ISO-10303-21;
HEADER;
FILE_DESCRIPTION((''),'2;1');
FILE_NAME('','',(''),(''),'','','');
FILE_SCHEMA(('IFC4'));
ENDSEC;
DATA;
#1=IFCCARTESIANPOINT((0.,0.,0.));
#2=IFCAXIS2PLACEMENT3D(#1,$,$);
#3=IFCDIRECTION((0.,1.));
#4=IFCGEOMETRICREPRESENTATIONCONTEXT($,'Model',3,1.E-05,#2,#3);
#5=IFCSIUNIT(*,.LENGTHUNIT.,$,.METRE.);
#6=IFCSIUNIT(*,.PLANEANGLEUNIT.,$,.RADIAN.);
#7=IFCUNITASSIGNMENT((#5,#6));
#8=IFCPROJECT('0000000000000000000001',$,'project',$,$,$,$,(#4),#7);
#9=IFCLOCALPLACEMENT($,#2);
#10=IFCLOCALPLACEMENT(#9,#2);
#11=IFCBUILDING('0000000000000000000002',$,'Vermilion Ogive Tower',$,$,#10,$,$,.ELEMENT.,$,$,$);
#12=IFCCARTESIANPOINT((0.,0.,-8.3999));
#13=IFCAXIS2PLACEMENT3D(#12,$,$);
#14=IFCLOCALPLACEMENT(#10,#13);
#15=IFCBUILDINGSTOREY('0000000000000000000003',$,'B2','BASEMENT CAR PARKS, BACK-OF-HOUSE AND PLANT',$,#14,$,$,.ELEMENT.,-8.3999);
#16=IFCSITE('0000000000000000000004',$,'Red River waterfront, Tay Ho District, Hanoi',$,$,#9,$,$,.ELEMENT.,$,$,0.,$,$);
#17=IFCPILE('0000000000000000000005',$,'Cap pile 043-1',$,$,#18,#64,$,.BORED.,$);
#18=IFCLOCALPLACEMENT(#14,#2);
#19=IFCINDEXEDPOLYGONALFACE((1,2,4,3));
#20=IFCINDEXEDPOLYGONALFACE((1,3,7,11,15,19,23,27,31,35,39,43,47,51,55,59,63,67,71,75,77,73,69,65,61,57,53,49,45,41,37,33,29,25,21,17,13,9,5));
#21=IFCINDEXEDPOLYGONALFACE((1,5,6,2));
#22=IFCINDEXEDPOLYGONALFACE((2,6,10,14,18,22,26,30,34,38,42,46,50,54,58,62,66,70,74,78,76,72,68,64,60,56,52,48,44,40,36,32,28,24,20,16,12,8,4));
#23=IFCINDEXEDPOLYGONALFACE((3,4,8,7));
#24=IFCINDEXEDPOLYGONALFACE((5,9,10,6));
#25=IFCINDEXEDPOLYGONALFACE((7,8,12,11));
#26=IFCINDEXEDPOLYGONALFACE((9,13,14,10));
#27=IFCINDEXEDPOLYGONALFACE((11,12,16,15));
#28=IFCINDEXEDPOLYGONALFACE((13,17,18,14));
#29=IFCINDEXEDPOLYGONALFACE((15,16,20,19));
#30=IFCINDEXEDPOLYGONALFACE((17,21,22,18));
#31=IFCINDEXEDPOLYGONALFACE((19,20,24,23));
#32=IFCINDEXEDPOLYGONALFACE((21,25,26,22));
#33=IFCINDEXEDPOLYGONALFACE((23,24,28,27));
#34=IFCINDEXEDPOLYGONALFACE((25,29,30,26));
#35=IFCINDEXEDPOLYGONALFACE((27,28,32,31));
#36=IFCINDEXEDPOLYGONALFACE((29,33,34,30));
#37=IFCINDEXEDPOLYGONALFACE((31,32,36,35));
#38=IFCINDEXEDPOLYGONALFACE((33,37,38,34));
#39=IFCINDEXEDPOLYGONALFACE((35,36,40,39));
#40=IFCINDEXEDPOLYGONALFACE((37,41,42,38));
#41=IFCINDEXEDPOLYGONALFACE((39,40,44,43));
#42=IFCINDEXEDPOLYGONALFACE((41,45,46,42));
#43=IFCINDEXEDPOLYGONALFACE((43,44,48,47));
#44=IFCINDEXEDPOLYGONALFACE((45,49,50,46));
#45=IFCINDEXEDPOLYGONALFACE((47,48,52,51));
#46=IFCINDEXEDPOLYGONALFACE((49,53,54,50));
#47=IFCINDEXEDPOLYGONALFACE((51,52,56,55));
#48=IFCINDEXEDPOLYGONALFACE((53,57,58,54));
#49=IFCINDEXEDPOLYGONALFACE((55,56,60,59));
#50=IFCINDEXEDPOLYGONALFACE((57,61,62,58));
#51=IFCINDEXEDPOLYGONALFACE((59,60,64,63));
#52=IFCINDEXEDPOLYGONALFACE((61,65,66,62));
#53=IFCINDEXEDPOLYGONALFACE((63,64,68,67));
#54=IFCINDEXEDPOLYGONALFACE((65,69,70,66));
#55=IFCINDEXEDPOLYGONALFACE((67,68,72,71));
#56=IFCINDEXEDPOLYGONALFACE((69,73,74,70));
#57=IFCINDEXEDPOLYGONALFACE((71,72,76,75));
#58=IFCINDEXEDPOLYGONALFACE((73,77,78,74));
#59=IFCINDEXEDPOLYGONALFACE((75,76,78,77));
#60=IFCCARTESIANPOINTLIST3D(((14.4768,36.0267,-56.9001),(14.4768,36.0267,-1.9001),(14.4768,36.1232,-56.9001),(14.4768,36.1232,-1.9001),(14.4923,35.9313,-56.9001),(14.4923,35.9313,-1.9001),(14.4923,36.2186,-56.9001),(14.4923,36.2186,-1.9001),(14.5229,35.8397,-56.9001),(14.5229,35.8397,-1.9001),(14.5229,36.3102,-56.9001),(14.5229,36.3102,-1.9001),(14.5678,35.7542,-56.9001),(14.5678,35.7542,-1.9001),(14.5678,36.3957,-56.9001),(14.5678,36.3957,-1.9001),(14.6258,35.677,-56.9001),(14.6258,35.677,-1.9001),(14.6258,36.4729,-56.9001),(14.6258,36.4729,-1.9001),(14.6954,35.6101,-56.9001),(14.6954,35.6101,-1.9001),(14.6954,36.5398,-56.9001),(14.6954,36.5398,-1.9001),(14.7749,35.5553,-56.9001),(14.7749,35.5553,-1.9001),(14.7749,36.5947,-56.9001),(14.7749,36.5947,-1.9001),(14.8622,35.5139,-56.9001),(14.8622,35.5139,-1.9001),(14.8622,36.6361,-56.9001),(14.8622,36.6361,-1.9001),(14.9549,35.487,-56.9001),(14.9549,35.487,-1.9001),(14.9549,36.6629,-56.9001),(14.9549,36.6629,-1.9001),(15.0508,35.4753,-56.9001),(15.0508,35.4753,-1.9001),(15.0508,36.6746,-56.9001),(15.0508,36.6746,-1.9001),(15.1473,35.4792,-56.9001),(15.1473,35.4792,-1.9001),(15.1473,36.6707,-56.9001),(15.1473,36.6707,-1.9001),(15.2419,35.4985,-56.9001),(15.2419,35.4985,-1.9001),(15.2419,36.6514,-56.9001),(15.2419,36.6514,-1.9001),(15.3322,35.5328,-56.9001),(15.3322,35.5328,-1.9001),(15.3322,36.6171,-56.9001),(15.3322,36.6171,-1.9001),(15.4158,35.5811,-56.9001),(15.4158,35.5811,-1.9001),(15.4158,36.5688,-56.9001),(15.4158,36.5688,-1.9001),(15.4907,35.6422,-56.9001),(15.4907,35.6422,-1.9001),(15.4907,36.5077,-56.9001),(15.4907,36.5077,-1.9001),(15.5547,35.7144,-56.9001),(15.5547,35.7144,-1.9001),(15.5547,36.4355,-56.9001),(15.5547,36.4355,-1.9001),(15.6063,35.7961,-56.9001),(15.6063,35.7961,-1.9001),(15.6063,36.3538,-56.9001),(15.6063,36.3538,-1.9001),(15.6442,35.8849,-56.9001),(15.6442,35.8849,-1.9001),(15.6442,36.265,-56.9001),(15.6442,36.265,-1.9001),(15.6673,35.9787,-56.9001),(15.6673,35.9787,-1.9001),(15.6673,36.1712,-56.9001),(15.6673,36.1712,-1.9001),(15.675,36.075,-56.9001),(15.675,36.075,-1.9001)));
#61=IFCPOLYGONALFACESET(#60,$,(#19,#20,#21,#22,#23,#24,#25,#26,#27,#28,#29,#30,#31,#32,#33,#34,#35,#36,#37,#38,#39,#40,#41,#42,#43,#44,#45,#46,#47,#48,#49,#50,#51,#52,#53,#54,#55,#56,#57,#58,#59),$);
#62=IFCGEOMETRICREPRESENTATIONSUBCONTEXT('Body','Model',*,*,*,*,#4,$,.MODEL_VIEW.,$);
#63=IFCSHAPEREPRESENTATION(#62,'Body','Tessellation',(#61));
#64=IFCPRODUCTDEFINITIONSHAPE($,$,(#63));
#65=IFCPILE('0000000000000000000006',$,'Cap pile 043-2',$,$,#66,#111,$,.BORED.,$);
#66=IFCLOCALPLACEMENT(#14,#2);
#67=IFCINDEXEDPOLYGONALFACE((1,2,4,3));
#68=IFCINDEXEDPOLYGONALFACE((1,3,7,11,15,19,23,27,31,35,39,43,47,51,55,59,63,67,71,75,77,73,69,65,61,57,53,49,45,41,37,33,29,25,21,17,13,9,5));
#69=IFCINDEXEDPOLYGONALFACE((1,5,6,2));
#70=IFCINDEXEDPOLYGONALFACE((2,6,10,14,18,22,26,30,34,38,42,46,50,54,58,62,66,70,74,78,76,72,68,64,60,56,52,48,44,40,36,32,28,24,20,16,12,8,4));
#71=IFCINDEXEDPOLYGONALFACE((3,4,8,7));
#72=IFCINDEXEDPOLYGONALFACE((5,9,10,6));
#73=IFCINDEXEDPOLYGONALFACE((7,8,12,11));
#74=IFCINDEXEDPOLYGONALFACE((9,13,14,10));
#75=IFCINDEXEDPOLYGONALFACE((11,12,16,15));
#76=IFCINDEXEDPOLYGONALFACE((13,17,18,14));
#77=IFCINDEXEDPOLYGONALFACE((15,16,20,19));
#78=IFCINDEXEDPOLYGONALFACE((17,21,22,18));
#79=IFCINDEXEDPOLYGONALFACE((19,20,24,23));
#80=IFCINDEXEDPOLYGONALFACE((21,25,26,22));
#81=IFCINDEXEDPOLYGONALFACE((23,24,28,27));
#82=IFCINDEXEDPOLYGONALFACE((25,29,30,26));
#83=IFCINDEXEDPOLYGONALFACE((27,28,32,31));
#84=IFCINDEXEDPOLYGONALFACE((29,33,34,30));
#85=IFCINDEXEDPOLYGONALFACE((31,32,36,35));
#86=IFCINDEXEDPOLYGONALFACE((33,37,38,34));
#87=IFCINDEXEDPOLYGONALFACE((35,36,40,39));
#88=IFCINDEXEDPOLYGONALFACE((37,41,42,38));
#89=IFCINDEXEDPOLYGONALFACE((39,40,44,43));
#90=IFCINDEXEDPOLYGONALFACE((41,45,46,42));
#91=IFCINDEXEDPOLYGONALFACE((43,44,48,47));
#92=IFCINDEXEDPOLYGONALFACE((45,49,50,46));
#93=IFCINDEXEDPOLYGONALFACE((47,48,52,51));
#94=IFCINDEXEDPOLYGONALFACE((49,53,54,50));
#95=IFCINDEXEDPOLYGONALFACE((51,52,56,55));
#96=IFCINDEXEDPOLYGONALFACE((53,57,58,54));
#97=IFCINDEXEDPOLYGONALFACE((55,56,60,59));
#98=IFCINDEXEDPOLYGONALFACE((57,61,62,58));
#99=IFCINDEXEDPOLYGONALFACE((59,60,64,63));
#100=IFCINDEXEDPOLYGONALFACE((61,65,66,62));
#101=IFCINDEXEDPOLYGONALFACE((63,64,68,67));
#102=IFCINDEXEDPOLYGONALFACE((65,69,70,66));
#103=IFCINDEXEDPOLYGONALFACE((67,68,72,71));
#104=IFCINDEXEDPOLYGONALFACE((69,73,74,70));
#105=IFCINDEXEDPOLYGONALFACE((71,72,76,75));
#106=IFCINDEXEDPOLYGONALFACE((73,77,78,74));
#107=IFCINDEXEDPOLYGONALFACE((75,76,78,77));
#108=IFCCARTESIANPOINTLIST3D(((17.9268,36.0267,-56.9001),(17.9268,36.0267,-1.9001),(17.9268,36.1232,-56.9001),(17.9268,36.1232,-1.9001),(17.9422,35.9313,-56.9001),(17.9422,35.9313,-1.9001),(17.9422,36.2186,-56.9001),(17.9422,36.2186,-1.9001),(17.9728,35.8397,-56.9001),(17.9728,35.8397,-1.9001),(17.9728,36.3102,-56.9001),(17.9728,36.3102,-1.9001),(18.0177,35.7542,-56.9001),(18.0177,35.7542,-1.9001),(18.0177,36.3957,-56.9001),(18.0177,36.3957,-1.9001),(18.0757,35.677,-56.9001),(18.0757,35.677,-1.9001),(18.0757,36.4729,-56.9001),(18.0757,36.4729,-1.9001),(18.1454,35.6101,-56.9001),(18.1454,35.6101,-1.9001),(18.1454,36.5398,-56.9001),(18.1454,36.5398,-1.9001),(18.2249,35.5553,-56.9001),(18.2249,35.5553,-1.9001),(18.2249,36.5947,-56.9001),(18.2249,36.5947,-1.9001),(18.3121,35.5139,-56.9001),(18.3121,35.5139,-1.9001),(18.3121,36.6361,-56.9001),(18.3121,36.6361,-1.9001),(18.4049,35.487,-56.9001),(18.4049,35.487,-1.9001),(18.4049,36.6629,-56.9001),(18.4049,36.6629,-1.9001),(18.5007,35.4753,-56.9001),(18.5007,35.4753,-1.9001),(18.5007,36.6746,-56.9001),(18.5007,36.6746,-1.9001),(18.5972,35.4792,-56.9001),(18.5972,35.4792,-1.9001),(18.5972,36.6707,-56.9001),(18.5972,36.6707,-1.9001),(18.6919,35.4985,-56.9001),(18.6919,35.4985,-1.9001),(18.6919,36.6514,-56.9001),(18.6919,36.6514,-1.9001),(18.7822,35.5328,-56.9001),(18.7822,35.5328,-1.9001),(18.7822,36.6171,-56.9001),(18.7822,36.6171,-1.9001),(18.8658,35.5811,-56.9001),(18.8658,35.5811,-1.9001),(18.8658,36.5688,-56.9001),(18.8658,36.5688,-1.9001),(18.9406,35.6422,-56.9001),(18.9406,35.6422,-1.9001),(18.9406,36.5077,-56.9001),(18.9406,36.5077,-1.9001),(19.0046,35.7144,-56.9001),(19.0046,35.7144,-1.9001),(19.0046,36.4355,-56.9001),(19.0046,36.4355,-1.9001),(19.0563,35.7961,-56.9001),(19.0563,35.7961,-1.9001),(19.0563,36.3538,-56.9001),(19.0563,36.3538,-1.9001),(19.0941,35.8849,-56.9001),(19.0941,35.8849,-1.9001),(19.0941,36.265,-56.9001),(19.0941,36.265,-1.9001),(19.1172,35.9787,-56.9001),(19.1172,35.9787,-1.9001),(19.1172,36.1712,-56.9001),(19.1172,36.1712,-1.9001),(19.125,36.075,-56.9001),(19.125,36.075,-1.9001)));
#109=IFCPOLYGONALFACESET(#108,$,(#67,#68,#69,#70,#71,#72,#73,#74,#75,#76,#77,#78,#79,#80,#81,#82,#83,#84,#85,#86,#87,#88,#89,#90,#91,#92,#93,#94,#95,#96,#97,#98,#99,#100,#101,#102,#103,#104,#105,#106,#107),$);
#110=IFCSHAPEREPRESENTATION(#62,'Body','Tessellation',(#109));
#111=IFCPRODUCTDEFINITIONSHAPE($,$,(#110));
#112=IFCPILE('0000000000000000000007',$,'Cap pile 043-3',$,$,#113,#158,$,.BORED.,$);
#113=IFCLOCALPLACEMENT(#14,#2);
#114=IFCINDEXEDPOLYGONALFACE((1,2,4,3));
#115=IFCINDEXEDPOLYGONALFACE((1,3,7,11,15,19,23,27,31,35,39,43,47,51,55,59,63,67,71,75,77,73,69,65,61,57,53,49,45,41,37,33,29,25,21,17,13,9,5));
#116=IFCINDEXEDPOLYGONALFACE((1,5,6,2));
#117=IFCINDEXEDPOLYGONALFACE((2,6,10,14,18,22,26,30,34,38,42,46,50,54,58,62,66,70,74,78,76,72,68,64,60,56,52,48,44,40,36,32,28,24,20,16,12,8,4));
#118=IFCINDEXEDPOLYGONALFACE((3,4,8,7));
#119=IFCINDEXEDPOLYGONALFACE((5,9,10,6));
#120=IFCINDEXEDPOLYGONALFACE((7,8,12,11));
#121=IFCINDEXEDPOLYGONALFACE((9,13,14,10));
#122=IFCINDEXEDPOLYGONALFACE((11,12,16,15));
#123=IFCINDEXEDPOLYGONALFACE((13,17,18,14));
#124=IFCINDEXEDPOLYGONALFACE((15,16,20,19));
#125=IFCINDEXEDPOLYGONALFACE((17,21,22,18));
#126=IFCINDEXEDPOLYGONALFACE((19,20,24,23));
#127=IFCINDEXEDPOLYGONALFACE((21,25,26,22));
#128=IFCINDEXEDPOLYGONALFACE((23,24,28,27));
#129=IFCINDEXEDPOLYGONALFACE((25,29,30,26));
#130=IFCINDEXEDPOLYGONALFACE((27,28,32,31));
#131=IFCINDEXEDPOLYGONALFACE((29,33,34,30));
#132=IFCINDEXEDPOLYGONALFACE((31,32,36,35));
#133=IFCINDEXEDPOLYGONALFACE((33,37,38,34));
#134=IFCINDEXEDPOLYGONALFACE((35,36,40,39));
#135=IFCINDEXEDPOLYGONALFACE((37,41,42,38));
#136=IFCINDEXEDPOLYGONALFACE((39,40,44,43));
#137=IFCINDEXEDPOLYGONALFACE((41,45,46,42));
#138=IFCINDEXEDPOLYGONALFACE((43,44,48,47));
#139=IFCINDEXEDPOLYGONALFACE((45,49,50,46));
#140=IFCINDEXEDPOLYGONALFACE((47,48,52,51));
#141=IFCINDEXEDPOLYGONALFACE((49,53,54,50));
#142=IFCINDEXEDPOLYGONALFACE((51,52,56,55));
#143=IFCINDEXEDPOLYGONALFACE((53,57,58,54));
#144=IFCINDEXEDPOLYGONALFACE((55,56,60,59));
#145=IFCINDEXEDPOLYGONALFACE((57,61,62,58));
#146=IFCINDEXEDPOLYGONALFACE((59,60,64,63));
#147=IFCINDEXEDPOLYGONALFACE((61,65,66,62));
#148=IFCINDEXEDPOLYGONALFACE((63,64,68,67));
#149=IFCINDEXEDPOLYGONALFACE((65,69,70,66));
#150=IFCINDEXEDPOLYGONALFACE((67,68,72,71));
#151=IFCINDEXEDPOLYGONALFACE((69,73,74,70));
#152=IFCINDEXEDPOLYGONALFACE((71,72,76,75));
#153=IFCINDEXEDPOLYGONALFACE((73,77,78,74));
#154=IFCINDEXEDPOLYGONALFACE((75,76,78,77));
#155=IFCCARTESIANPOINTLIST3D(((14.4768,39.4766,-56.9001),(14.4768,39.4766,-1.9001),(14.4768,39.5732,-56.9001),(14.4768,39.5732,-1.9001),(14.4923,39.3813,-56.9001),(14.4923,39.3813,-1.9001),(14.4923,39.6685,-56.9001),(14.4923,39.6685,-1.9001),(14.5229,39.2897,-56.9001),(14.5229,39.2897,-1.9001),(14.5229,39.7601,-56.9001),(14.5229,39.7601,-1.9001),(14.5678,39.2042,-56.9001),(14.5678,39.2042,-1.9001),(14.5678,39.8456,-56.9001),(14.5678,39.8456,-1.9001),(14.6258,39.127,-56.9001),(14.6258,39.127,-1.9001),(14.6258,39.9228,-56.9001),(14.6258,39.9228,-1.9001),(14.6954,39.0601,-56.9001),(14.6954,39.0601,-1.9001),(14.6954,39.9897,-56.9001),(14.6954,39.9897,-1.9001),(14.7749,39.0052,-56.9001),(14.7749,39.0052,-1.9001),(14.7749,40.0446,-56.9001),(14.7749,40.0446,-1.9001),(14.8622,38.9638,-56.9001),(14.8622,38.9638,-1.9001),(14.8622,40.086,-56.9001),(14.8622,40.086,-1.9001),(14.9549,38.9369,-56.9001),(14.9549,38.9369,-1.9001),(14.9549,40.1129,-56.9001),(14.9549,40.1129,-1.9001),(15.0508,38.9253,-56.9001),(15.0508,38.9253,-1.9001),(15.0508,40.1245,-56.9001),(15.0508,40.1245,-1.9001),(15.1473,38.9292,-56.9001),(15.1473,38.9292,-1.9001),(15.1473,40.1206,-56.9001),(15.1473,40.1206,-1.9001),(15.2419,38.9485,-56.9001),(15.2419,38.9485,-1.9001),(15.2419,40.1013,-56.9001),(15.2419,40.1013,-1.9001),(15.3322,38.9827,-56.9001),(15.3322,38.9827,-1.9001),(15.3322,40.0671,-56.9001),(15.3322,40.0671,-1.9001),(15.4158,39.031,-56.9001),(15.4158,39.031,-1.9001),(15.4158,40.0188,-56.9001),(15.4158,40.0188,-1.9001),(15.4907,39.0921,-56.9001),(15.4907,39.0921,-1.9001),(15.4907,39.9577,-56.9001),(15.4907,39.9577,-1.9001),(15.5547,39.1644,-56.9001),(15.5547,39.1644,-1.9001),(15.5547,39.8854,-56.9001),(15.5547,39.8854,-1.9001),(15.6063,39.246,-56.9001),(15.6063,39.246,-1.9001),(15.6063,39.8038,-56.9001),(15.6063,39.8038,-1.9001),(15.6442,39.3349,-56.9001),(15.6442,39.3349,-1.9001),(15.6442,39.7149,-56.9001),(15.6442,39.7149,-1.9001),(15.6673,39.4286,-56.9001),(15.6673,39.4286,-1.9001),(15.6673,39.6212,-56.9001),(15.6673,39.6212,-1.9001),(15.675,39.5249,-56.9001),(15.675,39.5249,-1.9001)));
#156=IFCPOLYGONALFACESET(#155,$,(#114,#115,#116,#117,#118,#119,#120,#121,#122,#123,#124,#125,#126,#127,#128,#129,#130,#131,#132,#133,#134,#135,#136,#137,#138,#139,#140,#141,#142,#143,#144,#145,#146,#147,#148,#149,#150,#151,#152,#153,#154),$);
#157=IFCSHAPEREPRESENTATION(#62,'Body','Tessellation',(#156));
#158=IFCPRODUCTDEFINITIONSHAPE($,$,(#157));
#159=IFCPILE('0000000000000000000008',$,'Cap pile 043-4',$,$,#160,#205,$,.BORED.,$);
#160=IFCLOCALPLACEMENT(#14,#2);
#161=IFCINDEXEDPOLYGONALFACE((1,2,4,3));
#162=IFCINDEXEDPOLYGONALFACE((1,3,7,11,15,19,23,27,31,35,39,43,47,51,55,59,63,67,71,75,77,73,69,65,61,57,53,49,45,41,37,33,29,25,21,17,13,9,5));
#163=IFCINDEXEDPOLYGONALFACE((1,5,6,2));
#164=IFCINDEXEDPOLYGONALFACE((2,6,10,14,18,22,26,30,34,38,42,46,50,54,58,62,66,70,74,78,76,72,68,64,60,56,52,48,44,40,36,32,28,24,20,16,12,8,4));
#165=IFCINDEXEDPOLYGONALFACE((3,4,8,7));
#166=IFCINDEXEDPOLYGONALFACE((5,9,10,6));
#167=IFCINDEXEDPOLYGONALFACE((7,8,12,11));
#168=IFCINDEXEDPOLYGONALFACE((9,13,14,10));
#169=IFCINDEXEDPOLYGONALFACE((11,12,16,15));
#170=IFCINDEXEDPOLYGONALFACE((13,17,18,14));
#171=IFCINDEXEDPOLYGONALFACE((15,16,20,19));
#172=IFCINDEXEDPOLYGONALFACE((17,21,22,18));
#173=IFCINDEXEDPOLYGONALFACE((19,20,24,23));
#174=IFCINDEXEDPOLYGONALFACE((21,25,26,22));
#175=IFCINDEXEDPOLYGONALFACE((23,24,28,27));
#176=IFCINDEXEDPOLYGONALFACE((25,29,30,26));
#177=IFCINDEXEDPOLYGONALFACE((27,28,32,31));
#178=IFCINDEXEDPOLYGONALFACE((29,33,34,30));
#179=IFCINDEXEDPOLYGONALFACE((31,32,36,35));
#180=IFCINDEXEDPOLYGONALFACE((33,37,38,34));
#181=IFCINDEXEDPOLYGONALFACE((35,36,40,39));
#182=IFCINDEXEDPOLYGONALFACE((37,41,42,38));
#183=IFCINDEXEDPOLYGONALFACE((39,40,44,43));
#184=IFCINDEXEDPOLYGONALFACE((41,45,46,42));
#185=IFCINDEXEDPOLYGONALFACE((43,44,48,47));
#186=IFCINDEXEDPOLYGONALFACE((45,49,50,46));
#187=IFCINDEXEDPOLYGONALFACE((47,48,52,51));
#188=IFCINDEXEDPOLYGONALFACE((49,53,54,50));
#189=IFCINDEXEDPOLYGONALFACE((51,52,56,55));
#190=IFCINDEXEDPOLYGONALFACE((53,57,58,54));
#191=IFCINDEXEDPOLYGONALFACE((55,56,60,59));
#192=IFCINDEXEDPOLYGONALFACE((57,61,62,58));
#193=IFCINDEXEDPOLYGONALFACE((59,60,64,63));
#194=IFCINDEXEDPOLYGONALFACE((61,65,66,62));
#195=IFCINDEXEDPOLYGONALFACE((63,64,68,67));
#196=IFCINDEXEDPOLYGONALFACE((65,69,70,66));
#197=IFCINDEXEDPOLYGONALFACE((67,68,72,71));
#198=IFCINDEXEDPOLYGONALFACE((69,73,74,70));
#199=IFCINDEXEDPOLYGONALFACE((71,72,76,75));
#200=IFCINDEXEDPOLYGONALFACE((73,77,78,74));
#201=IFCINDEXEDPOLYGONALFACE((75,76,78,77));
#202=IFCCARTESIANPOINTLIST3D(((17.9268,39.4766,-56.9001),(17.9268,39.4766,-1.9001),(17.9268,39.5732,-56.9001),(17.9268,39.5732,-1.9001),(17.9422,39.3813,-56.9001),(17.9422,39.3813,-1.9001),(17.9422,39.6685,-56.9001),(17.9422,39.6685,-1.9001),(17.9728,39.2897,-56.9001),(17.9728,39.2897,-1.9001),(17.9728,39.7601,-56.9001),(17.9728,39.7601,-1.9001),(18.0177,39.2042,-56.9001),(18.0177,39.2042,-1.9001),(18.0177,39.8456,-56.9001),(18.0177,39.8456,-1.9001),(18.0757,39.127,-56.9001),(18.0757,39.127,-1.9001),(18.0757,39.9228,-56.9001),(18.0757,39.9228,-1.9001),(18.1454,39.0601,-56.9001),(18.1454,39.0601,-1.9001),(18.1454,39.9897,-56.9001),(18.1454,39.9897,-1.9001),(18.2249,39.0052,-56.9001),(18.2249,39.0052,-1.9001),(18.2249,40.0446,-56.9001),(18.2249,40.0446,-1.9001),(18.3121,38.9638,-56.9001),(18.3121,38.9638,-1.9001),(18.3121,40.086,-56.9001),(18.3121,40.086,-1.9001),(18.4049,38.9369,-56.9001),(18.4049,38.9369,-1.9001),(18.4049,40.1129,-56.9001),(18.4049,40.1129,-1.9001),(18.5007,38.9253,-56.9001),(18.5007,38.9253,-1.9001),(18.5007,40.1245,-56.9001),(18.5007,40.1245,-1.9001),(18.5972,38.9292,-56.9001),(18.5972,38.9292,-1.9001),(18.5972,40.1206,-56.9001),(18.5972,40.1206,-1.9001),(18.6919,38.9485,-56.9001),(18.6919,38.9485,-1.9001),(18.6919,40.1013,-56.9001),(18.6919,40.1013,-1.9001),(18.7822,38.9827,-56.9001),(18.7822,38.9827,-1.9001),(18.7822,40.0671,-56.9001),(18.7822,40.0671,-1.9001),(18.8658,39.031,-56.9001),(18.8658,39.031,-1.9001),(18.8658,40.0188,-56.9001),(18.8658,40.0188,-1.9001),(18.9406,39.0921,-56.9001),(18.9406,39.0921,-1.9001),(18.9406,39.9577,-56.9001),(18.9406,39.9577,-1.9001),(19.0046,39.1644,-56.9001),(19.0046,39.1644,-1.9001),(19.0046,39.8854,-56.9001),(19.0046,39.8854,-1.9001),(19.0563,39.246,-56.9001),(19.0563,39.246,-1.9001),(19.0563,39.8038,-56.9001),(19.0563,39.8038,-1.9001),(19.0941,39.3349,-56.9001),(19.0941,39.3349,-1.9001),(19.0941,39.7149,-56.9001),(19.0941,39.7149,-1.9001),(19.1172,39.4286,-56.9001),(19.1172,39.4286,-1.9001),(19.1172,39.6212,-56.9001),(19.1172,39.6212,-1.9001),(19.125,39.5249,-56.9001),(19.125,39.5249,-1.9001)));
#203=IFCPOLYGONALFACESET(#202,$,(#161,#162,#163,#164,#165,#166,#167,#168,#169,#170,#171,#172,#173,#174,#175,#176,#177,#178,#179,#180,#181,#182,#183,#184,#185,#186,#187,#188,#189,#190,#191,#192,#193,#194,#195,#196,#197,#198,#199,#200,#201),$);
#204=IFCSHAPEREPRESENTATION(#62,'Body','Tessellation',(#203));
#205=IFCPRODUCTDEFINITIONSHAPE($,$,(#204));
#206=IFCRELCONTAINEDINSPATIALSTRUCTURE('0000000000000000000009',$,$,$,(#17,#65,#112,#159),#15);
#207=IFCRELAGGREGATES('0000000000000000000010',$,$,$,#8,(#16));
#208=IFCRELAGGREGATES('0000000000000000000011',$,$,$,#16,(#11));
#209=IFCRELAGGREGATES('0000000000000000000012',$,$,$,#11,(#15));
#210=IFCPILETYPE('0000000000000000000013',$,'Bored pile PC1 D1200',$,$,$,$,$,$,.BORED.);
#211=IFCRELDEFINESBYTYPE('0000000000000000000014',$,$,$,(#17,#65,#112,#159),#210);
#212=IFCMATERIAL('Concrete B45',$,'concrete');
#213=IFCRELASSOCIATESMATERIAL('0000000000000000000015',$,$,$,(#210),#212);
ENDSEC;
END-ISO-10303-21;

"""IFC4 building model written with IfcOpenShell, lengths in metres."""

from ifc_helpers import new_model, si_unit, direction, frame, origin, origin_2d, place, context, subcontext, project, spatial, circle, extrude, material, type_object, element, save


model = new_model("IFC4")

# Units and contexts
model_context = context("Model", 3, precision=1e-05, world=origin(), true_north=direction((0.0, 1.0)))
body_context = subcontext(model_context, "Body", "Model", "MODEL_VIEW")
ifc_project = project(units=[si_unit("LENGTHUNIT", "METRE"), si_unit("PLANEANGLEUNIT", "RADIAN")], contexts=[model_context])

# Site, building, storey
site_placement = place(None, origin())
site = spatial("IfcSite", under=ifc_project, at=site_placement, Name="Red River waterfront, Tay Ho District, Hanoi", CompositionType="ELEMENT", RefElevation=0.0)
building_placement = place(site_placement, origin())
building = spatial("IfcBuilding", under=site, at=building_placement, Name="Vermilion Ogive Tower", CompositionType="ELEMENT")
storey_placement = place(building_placement, frame((0.0, 0.0, -8.3999)))
storey = spatial("IfcBuildingStorey", under=building, at=storey_placement, Name="B2", Description="BASEMENT CAR PARKS, BACK-OF-HOUSE AND PLANT", CompositionType="ELEMENT", Elevation=-8.3999)

# Piles
ifc_material_1 = material(Name="Concrete B45", Category="concrete")
pile_type = type_object("IfcPileType", Name="Bored pile PC1 D1200", PredefinedType="BORED", material=ifc_material_1)
for number, where, z_axis, x_axis, name in (
    (1, (15.075, 36.075, -1.9001), (0.0, 0.0, -1.0), (1.0, 0.0, 0.0), "Cap pile 043-1"),
    (2, (18.5249, 36.075, -1.9001), (0.0, 0.0, -1.0), (1.0, 0.0, 0.0), "Cap pile 043-2"),
    (3, (15.075, 39.5249, -1.9001), (0.0, 0.0, -1.0), (1.0, 0.0, 0.0), "Cap pile 043-3"),
    (4, (18.5249, 39.5249, -1.9001), (0.0, 0.0, -1.0), (1.0, 0.0, 0.0), "Cap pile 043-4"),
):
    element("IfcPile", number, at=place(storey_placement, frame(where, z_axis=z_axis, x_axis=x_axis)), inside=storey, type_object=pile_type, Name=name, PredefinedType="BORED", context=body_context, shape_type="SweptSolid", body=[
        extrude(circle(Radius=0.6001, at=origin_2d()), origin(), (0.0, 0.0, 1.0), 55.0),
    ])

save(model, "model.ifc")
